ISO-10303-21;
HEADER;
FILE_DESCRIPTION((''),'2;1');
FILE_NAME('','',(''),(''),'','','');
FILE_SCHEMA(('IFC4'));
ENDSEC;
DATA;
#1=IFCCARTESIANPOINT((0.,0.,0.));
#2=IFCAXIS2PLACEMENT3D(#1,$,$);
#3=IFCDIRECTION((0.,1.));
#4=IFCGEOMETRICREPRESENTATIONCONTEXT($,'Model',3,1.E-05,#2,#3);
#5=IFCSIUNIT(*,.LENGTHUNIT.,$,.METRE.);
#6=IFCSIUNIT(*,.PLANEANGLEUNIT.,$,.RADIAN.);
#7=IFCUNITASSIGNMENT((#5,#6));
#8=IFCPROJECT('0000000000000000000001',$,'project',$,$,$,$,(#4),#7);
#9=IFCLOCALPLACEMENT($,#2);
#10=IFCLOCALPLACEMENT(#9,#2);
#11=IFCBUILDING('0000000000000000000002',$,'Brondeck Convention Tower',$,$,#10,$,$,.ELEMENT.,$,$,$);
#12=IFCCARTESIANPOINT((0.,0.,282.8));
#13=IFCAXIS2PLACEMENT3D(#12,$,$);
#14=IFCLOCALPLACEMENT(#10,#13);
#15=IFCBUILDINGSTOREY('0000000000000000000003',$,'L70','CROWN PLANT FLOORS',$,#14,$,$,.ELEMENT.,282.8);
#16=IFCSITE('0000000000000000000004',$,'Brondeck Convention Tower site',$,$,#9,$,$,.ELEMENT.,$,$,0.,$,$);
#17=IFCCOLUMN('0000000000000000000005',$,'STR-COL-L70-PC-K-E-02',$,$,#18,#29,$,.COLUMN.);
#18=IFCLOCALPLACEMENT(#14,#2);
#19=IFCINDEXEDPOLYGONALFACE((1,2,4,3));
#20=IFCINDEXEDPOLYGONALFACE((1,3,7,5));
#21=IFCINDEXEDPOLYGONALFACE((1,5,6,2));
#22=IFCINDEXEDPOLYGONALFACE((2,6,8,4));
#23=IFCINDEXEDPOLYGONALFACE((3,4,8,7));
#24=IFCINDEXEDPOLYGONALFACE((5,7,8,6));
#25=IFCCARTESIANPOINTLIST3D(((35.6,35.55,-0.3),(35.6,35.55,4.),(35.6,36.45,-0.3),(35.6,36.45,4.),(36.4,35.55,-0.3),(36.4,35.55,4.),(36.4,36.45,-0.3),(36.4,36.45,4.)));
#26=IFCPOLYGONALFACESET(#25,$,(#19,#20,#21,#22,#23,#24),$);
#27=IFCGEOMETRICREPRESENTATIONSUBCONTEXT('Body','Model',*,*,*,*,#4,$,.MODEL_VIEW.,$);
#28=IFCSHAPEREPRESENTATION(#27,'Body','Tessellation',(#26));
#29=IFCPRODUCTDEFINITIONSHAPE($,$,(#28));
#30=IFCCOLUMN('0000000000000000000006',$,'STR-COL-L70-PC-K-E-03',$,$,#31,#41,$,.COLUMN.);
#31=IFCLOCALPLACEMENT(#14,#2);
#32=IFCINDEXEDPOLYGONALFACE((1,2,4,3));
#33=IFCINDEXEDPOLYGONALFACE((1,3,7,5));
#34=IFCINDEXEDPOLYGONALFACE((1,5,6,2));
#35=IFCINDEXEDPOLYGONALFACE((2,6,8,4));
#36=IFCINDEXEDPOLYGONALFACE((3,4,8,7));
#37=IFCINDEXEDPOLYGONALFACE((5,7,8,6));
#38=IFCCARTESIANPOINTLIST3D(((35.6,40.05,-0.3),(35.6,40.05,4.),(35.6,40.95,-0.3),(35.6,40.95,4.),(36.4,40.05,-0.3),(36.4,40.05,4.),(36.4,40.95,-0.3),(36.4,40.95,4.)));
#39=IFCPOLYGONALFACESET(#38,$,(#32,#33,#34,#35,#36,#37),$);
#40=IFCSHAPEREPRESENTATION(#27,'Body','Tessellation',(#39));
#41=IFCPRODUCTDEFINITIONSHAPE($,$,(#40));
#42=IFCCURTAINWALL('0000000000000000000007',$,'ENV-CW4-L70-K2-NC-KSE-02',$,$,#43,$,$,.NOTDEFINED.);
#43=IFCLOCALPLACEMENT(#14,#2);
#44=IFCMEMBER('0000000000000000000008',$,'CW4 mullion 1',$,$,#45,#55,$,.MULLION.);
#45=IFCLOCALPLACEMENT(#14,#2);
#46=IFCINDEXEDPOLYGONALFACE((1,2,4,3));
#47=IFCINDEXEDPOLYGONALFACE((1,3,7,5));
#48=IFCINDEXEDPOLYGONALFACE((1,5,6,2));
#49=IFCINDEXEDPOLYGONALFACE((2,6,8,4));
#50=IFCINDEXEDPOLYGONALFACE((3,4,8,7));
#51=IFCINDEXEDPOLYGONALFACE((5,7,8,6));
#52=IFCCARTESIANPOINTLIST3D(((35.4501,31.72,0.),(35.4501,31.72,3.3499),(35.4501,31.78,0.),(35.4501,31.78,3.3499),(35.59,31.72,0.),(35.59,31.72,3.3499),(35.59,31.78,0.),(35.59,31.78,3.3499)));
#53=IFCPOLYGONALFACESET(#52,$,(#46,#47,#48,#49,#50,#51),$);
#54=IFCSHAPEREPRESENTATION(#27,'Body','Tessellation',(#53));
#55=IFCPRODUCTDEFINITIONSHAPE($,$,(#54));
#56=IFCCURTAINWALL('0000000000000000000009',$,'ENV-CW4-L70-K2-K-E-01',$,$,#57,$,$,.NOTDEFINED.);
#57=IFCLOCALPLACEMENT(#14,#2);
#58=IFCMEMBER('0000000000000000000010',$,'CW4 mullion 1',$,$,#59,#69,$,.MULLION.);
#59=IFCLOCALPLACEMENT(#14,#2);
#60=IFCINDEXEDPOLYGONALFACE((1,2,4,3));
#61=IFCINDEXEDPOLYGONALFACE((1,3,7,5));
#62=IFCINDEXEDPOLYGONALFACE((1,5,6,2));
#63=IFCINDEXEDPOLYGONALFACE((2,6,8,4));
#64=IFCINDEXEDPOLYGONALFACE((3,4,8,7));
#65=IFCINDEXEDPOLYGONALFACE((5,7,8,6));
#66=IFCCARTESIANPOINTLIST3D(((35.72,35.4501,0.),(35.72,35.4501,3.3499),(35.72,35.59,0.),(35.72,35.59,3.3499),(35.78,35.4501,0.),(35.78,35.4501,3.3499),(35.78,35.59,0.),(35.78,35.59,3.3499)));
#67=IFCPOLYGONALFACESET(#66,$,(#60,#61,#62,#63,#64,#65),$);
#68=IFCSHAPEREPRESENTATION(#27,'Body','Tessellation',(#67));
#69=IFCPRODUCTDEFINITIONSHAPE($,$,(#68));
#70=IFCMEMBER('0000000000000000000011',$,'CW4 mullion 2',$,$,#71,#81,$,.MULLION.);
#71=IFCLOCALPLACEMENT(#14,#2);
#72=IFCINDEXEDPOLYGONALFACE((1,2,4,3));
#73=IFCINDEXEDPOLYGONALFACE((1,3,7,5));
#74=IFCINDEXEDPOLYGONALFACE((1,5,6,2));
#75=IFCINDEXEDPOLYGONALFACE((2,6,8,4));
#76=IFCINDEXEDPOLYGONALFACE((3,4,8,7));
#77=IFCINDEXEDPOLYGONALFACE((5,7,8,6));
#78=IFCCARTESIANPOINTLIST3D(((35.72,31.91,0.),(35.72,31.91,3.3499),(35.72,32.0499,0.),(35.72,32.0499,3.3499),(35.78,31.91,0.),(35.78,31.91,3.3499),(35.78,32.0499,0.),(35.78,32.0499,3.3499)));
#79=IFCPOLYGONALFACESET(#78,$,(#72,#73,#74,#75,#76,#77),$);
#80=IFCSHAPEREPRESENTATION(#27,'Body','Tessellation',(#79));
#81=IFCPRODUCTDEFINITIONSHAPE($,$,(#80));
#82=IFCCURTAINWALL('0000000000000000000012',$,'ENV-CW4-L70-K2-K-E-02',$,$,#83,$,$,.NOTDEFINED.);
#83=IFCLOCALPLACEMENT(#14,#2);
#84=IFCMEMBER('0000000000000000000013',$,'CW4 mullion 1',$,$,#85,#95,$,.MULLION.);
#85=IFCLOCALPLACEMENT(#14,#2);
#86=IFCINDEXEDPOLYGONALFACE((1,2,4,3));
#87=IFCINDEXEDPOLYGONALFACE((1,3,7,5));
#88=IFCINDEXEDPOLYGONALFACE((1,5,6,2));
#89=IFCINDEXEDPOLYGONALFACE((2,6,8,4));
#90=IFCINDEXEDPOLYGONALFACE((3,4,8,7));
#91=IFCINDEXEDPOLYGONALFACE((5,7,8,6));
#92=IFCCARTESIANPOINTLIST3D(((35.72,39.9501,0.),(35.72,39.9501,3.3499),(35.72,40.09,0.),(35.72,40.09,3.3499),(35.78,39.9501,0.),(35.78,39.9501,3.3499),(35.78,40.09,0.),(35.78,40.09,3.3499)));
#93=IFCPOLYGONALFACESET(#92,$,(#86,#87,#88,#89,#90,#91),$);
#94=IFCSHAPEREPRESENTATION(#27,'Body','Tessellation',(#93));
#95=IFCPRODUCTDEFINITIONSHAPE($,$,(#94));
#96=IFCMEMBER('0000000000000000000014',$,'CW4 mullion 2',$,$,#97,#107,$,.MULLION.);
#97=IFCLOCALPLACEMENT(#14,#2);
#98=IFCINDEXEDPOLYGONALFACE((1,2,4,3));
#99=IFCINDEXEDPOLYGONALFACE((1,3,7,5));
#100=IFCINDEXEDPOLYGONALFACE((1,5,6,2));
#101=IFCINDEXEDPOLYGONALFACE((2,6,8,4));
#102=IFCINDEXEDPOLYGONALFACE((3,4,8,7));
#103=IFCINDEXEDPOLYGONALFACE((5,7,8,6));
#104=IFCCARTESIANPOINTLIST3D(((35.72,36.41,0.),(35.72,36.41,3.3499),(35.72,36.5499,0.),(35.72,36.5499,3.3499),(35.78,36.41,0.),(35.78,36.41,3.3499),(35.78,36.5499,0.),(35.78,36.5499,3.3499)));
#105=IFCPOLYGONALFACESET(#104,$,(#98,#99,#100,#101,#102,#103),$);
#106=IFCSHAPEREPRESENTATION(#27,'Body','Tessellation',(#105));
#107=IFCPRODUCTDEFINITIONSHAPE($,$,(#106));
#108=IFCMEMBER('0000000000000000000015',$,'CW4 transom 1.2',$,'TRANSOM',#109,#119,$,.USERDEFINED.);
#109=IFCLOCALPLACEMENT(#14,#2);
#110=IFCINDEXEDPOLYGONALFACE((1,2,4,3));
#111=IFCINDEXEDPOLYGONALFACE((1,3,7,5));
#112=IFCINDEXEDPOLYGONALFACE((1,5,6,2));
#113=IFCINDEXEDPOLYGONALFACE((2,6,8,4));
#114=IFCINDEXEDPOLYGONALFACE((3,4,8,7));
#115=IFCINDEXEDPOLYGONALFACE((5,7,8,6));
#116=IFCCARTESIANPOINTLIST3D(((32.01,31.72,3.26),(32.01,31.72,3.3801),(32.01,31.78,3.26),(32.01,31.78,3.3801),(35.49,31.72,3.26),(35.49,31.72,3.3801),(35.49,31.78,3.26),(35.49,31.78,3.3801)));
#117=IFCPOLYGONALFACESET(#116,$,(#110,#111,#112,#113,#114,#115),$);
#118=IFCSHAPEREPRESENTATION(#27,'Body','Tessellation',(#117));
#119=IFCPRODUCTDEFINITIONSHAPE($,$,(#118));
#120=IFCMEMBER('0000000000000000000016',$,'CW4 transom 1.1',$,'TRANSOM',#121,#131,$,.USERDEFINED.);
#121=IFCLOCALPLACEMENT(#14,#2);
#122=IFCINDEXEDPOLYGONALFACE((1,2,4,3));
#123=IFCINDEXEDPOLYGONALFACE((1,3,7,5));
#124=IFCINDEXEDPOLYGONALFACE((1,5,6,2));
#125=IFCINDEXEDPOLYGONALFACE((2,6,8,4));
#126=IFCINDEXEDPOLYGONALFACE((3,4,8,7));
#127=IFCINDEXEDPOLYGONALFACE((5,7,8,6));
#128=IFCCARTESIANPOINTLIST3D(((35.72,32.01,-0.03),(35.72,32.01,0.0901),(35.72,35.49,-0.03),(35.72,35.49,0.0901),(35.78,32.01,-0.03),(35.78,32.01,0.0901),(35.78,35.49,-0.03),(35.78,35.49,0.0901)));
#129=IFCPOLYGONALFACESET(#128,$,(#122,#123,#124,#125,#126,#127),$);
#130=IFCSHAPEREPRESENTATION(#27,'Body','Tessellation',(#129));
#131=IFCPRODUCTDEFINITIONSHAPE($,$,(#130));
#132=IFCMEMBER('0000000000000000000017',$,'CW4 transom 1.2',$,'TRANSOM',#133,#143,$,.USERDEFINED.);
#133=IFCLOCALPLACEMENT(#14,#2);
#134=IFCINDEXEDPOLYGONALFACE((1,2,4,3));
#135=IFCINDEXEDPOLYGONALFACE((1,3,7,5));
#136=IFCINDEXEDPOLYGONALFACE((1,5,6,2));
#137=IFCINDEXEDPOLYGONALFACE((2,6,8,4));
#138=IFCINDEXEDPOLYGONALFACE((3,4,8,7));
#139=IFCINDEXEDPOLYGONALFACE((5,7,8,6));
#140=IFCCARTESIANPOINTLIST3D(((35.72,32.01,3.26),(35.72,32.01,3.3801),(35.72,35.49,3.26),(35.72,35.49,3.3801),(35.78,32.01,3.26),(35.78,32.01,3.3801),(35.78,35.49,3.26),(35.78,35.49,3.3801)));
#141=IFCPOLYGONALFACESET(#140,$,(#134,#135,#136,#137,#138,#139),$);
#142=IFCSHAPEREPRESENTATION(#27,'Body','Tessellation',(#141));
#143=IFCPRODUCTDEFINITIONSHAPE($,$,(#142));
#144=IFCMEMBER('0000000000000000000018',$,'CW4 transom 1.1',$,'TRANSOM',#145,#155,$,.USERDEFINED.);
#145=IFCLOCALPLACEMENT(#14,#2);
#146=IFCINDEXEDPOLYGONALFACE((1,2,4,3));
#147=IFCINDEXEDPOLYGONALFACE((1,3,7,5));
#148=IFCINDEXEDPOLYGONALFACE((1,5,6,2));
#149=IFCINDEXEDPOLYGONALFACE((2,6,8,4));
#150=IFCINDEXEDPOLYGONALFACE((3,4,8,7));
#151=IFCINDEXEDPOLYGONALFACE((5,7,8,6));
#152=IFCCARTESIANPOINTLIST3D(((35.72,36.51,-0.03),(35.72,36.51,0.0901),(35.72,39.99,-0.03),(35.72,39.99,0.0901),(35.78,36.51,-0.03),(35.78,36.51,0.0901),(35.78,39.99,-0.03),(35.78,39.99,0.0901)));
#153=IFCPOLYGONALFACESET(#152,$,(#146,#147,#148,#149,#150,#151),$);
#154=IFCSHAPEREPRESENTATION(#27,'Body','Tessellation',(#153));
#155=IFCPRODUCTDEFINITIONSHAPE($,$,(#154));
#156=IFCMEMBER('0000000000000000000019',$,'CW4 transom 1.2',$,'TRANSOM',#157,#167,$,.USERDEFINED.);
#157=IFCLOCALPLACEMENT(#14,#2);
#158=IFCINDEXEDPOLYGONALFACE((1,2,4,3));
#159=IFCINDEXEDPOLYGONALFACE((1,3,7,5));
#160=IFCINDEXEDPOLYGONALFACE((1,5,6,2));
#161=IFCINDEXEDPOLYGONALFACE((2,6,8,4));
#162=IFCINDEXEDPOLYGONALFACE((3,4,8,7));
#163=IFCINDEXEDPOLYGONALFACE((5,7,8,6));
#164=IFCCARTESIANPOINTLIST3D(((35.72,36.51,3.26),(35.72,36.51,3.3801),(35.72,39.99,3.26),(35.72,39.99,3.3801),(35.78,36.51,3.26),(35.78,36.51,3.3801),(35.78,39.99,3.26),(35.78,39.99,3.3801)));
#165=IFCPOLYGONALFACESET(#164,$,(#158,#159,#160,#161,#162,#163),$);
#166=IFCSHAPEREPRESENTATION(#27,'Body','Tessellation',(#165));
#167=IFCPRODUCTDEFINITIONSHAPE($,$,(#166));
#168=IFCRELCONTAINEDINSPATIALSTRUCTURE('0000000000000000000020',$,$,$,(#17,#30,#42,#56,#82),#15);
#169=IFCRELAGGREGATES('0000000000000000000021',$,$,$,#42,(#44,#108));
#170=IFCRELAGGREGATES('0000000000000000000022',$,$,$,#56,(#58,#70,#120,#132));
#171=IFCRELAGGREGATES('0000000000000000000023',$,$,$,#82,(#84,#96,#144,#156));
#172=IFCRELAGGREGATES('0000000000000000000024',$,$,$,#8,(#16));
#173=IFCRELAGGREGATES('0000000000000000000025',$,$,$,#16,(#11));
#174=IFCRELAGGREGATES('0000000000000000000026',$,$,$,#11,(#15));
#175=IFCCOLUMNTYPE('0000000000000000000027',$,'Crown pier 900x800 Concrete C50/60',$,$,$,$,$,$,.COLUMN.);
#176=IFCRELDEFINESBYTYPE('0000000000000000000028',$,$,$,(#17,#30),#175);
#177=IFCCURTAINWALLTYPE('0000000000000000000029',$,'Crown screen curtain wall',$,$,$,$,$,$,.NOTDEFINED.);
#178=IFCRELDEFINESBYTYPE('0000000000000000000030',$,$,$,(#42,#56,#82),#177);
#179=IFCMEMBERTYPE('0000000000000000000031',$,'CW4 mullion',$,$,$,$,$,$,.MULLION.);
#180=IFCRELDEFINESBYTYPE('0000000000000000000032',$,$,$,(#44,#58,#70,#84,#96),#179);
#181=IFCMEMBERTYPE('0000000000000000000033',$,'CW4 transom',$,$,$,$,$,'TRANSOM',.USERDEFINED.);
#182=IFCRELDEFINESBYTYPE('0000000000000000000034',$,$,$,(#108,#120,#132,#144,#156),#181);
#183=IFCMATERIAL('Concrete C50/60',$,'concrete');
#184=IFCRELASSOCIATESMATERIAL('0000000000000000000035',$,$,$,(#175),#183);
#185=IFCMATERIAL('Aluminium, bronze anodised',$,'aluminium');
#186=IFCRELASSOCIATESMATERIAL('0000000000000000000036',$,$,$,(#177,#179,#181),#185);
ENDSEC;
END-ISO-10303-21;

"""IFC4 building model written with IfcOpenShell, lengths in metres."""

from ifc_helpers import new_model, si_unit, direction, frame, origin, origin_2d, place, context, subcontext, project, spatial, rectangle, extrude, material, material_profile, profile_set, type_object, element, aggregate, save


model = new_model("IFC4")

# Units and contexts
model_context = context("Model", 3, precision=1e-05, world=origin(), true_north=direction((0.0, 1.0)))
body_context = subcontext(model_context, "Body", "Model", "MODEL_VIEW")
ifc_project = project(units=[si_unit("LENGTHUNIT", "METRE"), si_unit("PLANEANGLEUNIT", "RADIAN")], contexts=[model_context])

# Site, building, storey
site_placement = place(None, origin())
site = spatial("IfcSite", under=ifc_project, at=site_placement, Name="Brondeck Convention Tower site", CompositionType="ELEMENT", RefElevation=0.0)
building_placement = place(site_placement, origin())
building = spatial("IfcBuilding", under=site, at=building_placement, Name="Brondeck Convention Tower", CompositionType="ELEMENT")
storey_placement = place(building_placement, frame((0.0, 0.0, 282.8)))
storey = spatial("IfcBuildingStorey", under=building, at=storey_placement, Name="L70", Description="CROWN PLANT FLOORS", CompositionType="ELEMENT", Elevation=282.8)

# Columns
ifc_material_1 = material(Name="Concrete C50/60", Category="concrete")
ifc_material_profile_1 = material_profile(ifc_material_1, rectangle(XDim=0.8999, YDim=0.8, at=origin_2d()), Name="Crown pier 900x800 Concrete C50/60")
ifc_profile_set_1 = profile_set([ifc_material_profile_1], Name="Concrete C50/60")
column_type = type_object("IfcColumnType", Name="Crown pier 900x800 Concrete C50/60", PredefinedType="COLUMN", material=ifc_profile_set_1)
for number, where, z_axis, x_axis, name in (
    (1, (36.0, 36.0, -0.3), (0.0, 0.0, 1.0), (0.0, 1.0, 0.0), "STR-COL-L70-PC-K-E-02"),
    (2, (36.0, 40.5, -0.3), (0.0, 0.0, 1.0), (0.0, 1.0, 0.0), "STR-COL-L70-PC-K-E-03"),
):
    element("IfcColumn", number, at=place(storey_placement, frame(where, z_axis=z_axis, x_axis=x_axis)), inside=storey, type_object=column_type, Name=name, PredefinedType="COLUMN", context=body_context, shape_type="SweptSolid", body=[
        extrude(rectangle(XDim=0.8999, YDim=0.8, at=origin_2d()), origin(), (0.0, 0.0, 1.0), 4.3),
    ])

# Curtain wall, member
ifc_material_2 = material(Name="Aluminium, bronze anodised", Category="aluminium")
curtain_wall_type = type_object("IfcCurtainWallType", Name="Crown screen curtain wall", PredefinedType="NOTDEFINED", material=ifc_material_2)
curtain_wall_1_placement = place(storey_placement, origin())
curtain_wall_1 = element("IfcCurtainWall", 3, at=curtain_wall_1_placement, inside=storey, type_object=curtain_wall_type, Name="ENV-CW4-L70-K2-NC-KSE-02", PredefinedType="NOTDEFINED")
ifc_material_profile_2 = material_profile(ifc_material_2, rectangle(XDim=0.0601, YDim=0.1399, at=origin_2d()), Name="CW4 mullion")
ifc_profile_set_2 = profile_set([ifc_material_profile_2], Name="Aluminium, bronze anodised")
member_type_1 = type_object("IfcMemberType", Name="CW4 mullion", PredefinedType="MULLION", material=ifc_profile_set_2)
member_1_placement = place(storey_placement, frame((35.52, 31.75, 0.0), z_axis=(0.0, 0.0, 1.0), x_axis=(0.0, -1.0, 0.0)))
member_1 = element("IfcMember", 4, at=member_1_placement, type_object=member_type_1, Name="CW4 mullion 1", PredefinedType="MULLION", context=body_context, shape_type="SweptSolid", body=[
    extrude(rectangle(XDim=0.0601, YDim=0.1399, at=origin_2d()), origin(), (0.0, 0.0, 1.0), 3.3499),
])

# Curtain walls, members
curtain_wall_2_placement = place(storey_placement, origin())
curtain_wall_2 = element("IfcCurtainWall", 5, at=curtain_wall_2_placement, inside=storey, type_object=curtain_wall_type, Name="ENV-CW4-L70-K2-K-E-01", PredefinedType="NOTDEFINED")
member_2_placement = place(storey_placement, frame((35.75, 35.52, 0.0), z_axis=(0.0, 0.0, 1.0), x_axis=(1.0, 0.0, 0.0)))
member_2 = element("IfcMember", 6, at=member_2_placement, type_object=member_type_1, Name="CW4 mullion 1", PredefinedType="MULLION", context=body_context, shape_type="SweptSolid", body=[
    extrude(rectangle(XDim=0.0601, YDim=0.1399, at=origin_2d()), origin(), (0.0, 0.0, 1.0), 3.3499),
])
member_3_placement = place(storey_placement, frame((35.75, 31.98, 0.0), z_axis=(0.0, 0.0, 1.0), x_axis=(1.0, 0.0, 0.0)))
member_3 = element("IfcMember", 7, at=member_3_placement, type_object=member_type_1, Name="CW4 mullion 2", PredefinedType="MULLION", context=body_context, shape_type="SweptSolid", body=[
    extrude(rectangle(XDim=0.0601, YDim=0.1399, at=origin_2d()), origin(), (0.0, 0.0, 1.0), 3.3499),
])
curtain_wall_3_placement = place(storey_placement, origin())
curtain_wall_3 = element("IfcCurtainWall", 8, at=curtain_wall_3_placement, inside=storey, type_object=curtain_wall_type, Name="ENV-CW4-L70-K2-K-E-02", PredefinedType="NOTDEFINED")
member_4_placement = place(storey_placement, frame((35.75, 40.02, 0.0), z_axis=(0.0, 0.0, 1.0), x_axis=(1.0, 0.0, 0.0)))
member_4 = element("IfcMember", 9, at=member_4_placement, type_object=member_type_1, Name="CW4 mullion 1", PredefinedType="MULLION", context=body_context, shape_type="SweptSolid", body=[
    extrude(rectangle(XDim=0.0601, YDim=0.1399, at=origin_2d()), origin(), (0.0, 0.0, 1.0), 3.3499),
])
member_5_placement = place(storey_placement, frame((35.75, 36.48, 0.0), z_axis=(0.0, 0.0, 1.0), x_axis=(1.0, 0.0, 0.0)))
member_5 = element("IfcMember", 10, at=member_5_placement, type_object=member_type_1, Name="CW4 mullion 2", PredefinedType="MULLION", context=body_context, shape_type="SweptSolid", body=[
    extrude(rectangle(XDim=0.0601, YDim=0.1399, at=origin_2d()), origin(), (0.0, 0.0, 1.0), 3.3499),
])

# Members
ifc_material_profile_3 = material_profile(ifc_material_2, rectangle(XDim=0.0601, YDim=0.1201, at=origin_2d()), Name="CW4 transom")
ifc_profile_set_3 = profile_set([ifc_material_profile_3], Name="Aluminium, bronze anodised")
member_type_2 = type_object("IfcMemberType", Name="CW4 transom", ElementType="TRANSOM", PredefinedType="USERDEFINED", material=ifc_profile_set_3)
member_6_placement = place(storey_placement, frame((35.49, 31.75, 3.3201), z_axis=(-1.0, 0.0, 0.0), x_axis=(0.0, -1.0, 0.0)))
member_6 = element("IfcMember", 11, at=member_6_placement, type_object=member_type_2, Name="CW4 transom 1.2", ObjectType="TRANSOM", PredefinedType="USERDEFINED", context=body_context, shape_type="SweptSolid", body=[
    extrude(rectangle(XDim=0.0601, YDim=0.1201, at=origin_2d()), origin(), (0.0, 0.0, 1.0), 3.48),
])
aggregate(curtain_wall_1, [member_1, member_6])
member_7_placement = place(storey_placement, frame((35.75, 35.49, 0.03), z_axis=(0.0, -1.0, 0.0), x_axis=(1.0, 0.0, 0.0)))
member_7 = element("IfcMember", 12, at=member_7_placement, type_object=member_type_2, Name="CW4 transom 1.1", ObjectType="TRANSOM", PredefinedType="USERDEFINED", context=body_context, shape_type="SweptSolid", body=[
    extrude(rectangle(XDim=0.0601, YDim=0.1201, at=origin_2d()), origin(), (0.0, 0.0, 1.0), 3.48),
])
member_8_placement = place(storey_placement, frame((35.75, 35.49, 3.3201), z_axis=(0.0, -1.0, 0.0), x_axis=(1.0, 0.0, 0.0)))
member_8 = element("IfcMember", 13, at=member_8_placement, type_object=member_type_2, Name="CW4 transom 1.2", ObjectType="TRANSOM", PredefinedType="USERDEFINED", context=body_context, shape_type="SweptSolid", body=[
    extrude(rectangle(XDim=0.0601, YDim=0.1201, at=origin_2d()), origin(), (0.0, 0.0, 1.0), 3.48),
])
member_9_placement = place(storey_placement, frame((35.75, 39.99, 0.03), z_axis=(0.0, -1.0, 0.0), x_axis=(1.0, 0.0, 0.0)))
member_9 = element("IfcMember", 14, at=member_9_placement, type_object=member_type_2, Name="CW4 transom 1.1", ObjectType="TRANSOM", PredefinedType="USERDEFINED", context=body_context, shape_type="SweptSolid", body=[
    extrude(rectangle(XDim=0.0601, YDim=0.1201, at=origin_2d()), origin(), (0.0, 0.0, 1.0), 3.48),
])
member_10_placement = place(storey_placement, frame((35.75, 39.99, 3.3201), z_axis=(0.0, -1.0, 0.0), x_axis=(1.0, 0.0, 0.0)))
member_10 = element("IfcMember", 15, at=member_10_placement, type_object=member_type_2, Name="CW4 transom 1.2", ObjectType="TRANSOM", PredefinedType="USERDEFINED", context=body_context, shape_type="SweptSolid", body=[
    extrude(rectangle(XDim=0.0601, YDim=0.1201, at=origin_2d()), origin(), (0.0, 0.0, 1.0), 3.48),
])

aggregate(curtain_wall_2, [member_2, member_3, member_7, member_8])
aggregate(curtain_wall_3, [member_4, member_5, member_9, member_10])

save(model, "model.ifc")
